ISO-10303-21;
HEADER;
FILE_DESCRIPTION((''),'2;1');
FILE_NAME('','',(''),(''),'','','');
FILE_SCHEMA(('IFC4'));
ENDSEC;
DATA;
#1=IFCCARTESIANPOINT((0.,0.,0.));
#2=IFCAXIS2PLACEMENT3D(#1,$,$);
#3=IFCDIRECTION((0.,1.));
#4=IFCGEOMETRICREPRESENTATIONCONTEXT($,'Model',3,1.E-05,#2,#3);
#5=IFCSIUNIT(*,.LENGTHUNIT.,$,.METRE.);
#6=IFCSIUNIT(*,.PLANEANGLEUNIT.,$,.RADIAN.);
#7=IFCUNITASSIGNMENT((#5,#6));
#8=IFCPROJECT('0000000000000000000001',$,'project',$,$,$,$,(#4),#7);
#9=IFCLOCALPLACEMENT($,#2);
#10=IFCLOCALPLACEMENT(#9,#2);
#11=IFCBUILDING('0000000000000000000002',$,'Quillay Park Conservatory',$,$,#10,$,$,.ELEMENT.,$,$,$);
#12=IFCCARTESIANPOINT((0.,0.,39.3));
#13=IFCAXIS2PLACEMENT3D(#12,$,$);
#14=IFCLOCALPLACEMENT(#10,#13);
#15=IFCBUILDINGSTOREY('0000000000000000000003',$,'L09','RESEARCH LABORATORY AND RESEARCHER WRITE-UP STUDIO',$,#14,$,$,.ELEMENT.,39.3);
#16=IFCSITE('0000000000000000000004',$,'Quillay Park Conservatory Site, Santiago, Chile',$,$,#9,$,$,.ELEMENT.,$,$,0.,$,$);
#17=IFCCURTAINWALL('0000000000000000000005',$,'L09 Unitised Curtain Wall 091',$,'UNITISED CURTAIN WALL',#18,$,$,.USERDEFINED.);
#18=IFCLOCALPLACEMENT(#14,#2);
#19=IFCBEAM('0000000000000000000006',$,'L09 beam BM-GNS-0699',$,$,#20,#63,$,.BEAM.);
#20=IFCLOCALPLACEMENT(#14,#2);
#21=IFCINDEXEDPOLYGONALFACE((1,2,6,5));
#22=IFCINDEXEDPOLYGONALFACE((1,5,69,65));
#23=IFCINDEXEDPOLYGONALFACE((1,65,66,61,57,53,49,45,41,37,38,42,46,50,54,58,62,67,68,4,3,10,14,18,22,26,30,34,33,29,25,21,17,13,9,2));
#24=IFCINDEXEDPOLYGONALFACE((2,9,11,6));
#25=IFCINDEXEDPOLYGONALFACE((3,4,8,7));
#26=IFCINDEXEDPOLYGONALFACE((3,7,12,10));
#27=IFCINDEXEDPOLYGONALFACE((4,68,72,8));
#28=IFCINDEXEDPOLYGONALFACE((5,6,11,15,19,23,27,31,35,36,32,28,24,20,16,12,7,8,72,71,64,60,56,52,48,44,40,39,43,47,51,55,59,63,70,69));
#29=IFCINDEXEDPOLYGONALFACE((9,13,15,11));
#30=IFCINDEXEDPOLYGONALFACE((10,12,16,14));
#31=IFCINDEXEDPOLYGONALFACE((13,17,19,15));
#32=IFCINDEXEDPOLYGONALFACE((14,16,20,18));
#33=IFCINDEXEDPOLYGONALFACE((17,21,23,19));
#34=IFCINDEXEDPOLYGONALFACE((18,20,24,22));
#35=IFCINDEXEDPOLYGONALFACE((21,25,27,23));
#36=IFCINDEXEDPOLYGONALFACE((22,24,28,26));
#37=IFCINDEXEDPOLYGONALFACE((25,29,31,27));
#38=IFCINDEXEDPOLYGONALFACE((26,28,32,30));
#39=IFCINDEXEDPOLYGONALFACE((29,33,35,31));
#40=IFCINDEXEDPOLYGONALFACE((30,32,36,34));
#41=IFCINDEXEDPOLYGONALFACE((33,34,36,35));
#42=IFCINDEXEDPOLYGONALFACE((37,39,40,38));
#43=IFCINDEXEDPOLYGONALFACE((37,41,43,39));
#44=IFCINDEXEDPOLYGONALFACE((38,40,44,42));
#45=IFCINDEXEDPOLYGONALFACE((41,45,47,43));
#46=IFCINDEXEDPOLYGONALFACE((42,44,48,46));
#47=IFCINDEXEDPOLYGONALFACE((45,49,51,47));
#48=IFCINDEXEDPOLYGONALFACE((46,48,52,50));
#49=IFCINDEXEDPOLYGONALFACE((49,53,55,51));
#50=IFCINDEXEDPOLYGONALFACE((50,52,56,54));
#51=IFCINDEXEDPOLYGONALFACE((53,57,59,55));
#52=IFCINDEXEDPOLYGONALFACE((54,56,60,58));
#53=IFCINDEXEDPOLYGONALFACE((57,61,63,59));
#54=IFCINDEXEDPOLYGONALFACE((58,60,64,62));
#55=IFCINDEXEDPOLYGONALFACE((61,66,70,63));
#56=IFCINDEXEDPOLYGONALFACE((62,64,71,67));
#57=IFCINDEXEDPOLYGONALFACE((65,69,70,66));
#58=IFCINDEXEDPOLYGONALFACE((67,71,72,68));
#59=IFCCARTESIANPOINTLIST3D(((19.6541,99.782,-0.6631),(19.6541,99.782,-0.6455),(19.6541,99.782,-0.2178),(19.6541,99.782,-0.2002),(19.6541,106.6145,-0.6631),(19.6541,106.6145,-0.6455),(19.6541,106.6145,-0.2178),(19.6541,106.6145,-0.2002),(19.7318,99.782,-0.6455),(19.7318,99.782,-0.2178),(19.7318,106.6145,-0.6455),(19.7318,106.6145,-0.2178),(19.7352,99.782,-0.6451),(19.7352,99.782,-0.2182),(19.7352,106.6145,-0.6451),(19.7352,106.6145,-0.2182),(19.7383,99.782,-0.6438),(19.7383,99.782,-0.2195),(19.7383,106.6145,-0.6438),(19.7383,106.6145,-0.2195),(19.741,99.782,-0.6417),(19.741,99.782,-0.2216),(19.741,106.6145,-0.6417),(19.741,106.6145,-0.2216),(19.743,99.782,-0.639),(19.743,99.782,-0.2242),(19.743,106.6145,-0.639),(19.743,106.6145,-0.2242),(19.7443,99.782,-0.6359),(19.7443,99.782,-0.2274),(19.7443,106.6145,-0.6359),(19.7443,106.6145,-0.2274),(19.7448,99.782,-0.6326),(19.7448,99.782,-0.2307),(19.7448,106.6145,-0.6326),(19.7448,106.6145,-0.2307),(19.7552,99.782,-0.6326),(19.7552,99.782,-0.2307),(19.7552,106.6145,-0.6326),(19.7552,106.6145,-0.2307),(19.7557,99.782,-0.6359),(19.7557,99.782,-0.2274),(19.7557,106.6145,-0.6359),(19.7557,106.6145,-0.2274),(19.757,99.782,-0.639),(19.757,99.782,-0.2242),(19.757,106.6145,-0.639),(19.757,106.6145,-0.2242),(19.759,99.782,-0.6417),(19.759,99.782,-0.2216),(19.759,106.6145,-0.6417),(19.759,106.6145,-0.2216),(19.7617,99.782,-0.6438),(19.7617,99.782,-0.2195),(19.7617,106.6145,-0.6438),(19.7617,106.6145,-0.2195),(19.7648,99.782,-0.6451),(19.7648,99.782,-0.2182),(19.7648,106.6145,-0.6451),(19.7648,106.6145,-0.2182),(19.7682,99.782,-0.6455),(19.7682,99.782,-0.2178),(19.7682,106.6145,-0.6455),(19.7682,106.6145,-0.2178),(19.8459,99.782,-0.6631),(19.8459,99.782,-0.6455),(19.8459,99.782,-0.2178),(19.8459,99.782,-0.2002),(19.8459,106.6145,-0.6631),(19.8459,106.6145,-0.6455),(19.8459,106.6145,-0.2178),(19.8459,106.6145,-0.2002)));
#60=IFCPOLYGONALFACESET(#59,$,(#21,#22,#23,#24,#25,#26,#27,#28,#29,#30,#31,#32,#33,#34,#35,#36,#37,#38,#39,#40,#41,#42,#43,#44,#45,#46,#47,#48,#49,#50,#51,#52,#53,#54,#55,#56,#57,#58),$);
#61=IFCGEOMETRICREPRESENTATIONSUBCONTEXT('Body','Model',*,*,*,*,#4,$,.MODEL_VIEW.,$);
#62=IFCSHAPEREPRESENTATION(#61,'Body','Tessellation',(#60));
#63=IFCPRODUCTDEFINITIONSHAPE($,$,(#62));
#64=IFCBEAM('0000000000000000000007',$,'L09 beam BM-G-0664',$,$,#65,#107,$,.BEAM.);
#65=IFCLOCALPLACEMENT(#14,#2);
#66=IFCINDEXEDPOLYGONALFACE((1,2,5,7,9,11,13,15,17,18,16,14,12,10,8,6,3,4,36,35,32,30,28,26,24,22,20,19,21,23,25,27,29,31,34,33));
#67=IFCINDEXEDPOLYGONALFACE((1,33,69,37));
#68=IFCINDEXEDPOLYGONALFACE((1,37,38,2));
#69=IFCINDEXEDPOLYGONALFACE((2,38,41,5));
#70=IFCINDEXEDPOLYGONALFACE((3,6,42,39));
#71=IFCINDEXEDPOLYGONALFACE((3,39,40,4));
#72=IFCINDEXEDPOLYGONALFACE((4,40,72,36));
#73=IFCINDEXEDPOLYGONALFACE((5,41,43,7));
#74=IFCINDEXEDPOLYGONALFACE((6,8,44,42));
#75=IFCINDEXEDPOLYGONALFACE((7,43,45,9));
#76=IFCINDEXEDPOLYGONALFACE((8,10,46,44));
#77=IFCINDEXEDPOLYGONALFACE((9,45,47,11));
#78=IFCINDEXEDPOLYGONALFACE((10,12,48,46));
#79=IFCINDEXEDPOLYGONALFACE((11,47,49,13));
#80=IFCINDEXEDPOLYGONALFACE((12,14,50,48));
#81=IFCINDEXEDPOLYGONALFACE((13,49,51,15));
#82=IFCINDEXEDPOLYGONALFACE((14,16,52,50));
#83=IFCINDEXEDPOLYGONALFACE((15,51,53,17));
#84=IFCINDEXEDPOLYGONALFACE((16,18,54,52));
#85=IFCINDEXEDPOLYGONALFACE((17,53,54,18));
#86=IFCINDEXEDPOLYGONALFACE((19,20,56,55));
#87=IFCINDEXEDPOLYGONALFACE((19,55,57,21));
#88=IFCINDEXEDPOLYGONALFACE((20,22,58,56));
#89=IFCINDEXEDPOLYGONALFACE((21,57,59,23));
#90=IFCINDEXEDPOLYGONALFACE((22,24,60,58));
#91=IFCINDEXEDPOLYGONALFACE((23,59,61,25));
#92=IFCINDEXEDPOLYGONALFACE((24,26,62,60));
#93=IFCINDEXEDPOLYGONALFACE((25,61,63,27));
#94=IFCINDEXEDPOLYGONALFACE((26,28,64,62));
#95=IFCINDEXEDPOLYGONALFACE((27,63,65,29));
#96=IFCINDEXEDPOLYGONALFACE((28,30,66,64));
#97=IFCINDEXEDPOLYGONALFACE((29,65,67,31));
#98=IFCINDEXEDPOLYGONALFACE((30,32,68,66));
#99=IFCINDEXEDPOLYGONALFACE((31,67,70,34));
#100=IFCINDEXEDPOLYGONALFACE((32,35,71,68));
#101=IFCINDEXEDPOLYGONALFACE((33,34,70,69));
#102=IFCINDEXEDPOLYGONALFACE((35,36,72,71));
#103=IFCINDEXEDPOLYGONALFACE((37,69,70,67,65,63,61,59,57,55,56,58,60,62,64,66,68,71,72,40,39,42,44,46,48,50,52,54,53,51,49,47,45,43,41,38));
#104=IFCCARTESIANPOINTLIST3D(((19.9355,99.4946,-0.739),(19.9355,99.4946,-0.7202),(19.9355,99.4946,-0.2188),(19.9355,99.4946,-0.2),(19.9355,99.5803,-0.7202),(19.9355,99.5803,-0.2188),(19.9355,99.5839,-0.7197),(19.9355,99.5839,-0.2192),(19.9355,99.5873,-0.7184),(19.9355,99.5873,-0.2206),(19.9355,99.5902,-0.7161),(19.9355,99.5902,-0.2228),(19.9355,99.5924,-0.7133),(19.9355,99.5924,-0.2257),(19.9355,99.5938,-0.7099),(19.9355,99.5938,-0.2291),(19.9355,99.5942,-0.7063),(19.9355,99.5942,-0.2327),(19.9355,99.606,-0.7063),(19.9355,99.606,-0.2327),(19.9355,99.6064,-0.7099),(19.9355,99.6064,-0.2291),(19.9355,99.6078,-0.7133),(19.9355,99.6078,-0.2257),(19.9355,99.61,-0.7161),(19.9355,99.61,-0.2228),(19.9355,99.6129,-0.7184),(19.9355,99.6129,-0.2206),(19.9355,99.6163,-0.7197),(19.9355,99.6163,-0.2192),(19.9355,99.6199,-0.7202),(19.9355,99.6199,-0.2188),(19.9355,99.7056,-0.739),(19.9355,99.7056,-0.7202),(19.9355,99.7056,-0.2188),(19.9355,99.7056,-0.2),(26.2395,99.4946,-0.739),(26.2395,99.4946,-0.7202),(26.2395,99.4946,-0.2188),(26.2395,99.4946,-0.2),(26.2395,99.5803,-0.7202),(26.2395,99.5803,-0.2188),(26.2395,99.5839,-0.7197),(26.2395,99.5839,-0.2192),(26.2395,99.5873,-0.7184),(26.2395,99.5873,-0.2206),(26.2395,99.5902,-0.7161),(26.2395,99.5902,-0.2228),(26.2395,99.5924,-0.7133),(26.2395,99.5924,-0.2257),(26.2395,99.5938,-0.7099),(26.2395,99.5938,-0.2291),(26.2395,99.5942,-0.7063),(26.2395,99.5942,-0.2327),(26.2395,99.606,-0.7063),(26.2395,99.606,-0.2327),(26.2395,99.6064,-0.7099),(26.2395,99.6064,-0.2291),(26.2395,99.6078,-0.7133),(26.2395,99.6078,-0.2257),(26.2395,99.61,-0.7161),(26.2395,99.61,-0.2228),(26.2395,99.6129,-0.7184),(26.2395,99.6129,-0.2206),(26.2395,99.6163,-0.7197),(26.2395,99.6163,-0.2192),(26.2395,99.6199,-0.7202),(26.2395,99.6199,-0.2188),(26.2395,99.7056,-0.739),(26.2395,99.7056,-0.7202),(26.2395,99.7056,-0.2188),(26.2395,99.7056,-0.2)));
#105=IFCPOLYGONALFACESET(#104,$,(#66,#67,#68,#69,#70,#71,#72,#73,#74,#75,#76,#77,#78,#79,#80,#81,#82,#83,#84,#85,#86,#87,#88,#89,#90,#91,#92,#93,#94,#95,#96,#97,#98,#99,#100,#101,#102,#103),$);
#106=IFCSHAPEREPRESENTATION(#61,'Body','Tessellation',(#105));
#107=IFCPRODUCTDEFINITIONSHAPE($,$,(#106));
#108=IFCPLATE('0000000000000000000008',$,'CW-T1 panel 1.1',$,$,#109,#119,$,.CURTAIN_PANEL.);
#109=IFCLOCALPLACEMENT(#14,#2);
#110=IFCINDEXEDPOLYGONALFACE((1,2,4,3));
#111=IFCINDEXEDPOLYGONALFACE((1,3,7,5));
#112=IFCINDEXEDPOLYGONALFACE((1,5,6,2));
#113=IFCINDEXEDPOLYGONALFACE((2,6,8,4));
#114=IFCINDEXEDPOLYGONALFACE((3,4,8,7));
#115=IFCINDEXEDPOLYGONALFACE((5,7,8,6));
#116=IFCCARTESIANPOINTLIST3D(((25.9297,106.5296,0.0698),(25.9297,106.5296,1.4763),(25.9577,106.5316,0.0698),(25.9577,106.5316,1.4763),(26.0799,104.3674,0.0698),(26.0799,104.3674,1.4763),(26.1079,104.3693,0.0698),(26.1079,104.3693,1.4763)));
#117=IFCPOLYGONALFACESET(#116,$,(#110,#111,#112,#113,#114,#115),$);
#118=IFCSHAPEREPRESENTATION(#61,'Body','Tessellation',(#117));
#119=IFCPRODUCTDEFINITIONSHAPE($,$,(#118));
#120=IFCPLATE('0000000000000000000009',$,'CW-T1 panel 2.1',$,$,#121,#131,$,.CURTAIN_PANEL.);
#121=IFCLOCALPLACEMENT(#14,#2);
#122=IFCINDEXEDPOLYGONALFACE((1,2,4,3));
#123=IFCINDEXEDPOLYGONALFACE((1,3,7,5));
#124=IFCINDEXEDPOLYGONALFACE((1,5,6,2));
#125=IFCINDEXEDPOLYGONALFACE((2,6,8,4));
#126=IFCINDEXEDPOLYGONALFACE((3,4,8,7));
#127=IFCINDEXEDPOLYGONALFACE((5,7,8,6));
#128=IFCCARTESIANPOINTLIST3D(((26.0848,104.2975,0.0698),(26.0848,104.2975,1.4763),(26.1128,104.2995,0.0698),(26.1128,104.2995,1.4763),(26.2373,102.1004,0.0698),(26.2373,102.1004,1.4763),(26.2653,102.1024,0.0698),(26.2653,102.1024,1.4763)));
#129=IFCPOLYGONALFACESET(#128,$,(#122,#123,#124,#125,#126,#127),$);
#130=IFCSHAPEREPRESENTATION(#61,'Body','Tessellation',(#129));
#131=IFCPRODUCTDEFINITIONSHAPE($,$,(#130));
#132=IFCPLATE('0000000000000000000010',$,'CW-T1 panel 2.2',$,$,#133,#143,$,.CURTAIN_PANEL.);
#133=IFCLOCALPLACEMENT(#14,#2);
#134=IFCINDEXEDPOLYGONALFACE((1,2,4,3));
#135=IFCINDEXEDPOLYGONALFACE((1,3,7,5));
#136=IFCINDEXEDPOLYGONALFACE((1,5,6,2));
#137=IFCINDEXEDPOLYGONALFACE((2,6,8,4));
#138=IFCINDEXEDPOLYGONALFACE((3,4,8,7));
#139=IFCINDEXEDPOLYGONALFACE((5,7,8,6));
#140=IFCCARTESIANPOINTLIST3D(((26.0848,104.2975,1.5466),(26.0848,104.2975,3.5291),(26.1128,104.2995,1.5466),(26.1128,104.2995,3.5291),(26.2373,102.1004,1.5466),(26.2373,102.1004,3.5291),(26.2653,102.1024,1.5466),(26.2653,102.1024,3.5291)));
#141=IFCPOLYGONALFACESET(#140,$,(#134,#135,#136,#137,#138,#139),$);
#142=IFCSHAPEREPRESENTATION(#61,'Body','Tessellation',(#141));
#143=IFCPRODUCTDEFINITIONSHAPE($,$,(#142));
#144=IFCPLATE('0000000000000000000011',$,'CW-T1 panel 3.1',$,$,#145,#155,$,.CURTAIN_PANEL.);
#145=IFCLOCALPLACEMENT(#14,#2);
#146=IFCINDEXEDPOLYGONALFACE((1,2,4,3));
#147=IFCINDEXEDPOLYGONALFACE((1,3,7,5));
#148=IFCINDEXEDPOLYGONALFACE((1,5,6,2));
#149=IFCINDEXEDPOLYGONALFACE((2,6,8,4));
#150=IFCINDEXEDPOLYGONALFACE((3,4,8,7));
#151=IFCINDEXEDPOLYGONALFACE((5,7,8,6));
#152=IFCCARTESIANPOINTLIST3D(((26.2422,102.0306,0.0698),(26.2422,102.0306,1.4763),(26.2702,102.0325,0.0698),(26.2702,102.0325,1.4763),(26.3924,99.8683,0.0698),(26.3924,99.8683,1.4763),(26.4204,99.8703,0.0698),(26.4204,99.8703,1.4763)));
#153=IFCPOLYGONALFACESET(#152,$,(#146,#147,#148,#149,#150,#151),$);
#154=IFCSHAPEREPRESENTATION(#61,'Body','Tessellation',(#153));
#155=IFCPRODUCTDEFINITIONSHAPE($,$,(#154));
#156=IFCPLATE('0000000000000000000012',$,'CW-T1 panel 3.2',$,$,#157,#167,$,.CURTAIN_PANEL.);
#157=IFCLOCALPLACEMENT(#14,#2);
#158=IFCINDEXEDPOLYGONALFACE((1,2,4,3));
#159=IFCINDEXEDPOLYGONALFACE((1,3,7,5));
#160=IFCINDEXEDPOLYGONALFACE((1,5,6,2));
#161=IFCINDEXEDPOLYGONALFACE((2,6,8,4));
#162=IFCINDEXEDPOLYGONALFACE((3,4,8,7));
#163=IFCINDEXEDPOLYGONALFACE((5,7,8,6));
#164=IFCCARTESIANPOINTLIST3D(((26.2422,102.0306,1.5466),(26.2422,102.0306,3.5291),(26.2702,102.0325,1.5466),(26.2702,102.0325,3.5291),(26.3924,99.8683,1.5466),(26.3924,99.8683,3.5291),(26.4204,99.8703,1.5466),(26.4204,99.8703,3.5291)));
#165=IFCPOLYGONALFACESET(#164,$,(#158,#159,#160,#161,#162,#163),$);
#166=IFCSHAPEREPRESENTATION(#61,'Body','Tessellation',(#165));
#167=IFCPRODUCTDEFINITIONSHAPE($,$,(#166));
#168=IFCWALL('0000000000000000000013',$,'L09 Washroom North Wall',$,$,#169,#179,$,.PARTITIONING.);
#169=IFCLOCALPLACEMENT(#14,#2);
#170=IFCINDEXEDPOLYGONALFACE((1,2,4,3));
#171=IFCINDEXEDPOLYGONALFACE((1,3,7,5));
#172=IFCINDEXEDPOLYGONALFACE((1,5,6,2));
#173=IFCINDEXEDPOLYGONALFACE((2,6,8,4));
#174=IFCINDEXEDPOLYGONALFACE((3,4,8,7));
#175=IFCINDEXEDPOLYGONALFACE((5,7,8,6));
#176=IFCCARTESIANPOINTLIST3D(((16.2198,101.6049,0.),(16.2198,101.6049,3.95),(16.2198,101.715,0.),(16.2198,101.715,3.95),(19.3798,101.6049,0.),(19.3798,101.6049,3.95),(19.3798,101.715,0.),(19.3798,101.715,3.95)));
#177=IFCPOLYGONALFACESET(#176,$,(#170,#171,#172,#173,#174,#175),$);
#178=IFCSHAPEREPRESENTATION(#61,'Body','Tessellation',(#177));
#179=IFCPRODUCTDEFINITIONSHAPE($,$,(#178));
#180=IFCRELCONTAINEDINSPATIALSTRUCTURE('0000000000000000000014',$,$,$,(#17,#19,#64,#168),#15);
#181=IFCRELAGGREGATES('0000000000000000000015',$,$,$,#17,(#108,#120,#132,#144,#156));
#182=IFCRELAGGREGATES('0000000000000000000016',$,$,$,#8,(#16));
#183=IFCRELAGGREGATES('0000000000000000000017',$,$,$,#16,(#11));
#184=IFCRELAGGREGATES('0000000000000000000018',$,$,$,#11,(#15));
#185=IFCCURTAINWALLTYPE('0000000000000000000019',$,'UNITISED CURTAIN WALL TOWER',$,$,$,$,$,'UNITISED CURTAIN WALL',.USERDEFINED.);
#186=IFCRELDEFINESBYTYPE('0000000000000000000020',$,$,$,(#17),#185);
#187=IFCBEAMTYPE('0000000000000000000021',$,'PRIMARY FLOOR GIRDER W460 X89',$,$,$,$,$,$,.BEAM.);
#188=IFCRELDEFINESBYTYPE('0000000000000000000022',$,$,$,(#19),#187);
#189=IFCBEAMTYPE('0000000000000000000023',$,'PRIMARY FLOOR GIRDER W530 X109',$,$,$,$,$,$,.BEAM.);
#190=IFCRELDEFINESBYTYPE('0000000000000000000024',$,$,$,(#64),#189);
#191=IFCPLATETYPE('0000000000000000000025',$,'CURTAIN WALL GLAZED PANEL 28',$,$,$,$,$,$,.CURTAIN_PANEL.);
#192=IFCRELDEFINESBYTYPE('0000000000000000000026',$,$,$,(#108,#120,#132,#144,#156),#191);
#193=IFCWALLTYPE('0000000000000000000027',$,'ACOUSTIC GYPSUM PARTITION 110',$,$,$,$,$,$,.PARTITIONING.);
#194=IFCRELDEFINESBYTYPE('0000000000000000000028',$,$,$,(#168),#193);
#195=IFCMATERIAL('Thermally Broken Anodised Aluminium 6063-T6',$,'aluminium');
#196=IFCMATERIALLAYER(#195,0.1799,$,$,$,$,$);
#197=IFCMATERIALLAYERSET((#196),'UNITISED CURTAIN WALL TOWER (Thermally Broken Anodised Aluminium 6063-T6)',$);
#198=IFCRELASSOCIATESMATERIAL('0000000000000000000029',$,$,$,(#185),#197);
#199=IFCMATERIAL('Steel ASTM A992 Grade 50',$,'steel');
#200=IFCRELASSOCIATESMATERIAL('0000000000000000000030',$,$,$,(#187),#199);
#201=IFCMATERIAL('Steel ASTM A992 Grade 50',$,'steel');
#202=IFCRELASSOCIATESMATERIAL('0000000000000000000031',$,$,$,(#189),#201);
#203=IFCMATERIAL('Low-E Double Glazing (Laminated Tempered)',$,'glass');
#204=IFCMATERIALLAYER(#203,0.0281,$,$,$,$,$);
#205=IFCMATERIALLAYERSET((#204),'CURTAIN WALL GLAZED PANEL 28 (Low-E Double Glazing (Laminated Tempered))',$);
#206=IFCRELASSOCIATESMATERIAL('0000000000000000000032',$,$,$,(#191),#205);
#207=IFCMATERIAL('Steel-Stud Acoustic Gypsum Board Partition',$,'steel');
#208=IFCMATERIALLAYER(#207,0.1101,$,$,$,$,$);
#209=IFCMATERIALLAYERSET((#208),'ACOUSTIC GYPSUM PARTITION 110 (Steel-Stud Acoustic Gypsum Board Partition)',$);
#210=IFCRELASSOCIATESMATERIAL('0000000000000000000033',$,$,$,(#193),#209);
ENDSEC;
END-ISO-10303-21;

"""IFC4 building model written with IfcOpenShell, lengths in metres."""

from ifc_helpers import new_model, si_unit, direction, frame, frame_2d, origin, origin_2d, place, context, subcontext, project, spatial, rectangle, i_section, extrude, material, layer, layer_set, material_profile, profile_set, type_object, element, aggregate, save


model = new_model("IFC4")

# Units and contexts
model_context = context("Model", 3, precision=1e-05, world=origin(), true_north=direction((0.0, 1.0)))
body_context = subcontext(model_context, "Body", "Model", "MODEL_VIEW")
ifc_project = project(units=[si_unit("LENGTHUNIT", "METRE"), si_unit("PLANEANGLEUNIT", "RADIAN")], contexts=[model_context])

# Site, building, storey
site_placement = place(None, origin())
site = spatial("IfcSite", under=ifc_project, at=site_placement, Name="Quillay Park Conservatory Site, Santiago, Chile", CompositionType="ELEMENT", RefElevation=0.0)
building_placement = place(site_placement, origin())
building = spatial("IfcBuilding", under=site, at=building_placement, Name="Quillay Park Conservatory", CompositionType="ELEMENT")
storey_placement = place(building_placement, frame((0.0, 0.0, 39.3)))
storey = spatial("IfcBuildingStorey", under=building, at=storey_placement, Name="L09", Description="RESEARCH LABORATORY AND RESEARCHER WRITE-UP STUDIO", CompositionType="ELEMENT", Elevation=39.3)

# Curtain wall
ifc_material_1 = material(Name="Thermally Broken Anodised Aluminium 6063-T6", Category="aluminium")
ifc_layer_1 = layer(ifc_material_1, 0.1799)
ifc_layer_set_1 = layer_set([ifc_layer_1], Name="UNITISED CURTAIN WALL TOWER (Thermally Broken Anodised Aluminium 6063-T6)")
curtain_wall_type = type_object("IfcCurtainWallType", Name="UNITISED CURTAIN WALL TOWER", ElementType="UNITISED CURTAIN WALL", PredefinedType="USERDEFINED", material=ifc_layer_set_1)
curtain_wall_placement = place(storey_placement, origin())
curtain_wall = element("IfcCurtainWall", 1, at=curtain_wall_placement, inside=storey, type_object=curtain_wall_type, Name="L09 Unitised Curtain Wall 091", ObjectType="UNITISED CURTAIN WALL", PredefinedType="USERDEFINED")

# Beams
ifc_material_2 = material(Name="Steel ASTM A992 Grade 50", Category="steel")
ifc_material_profile_1 = material_profile(ifc_material_2, i_section(OverallWidth=0.1919, OverallDepth=0.4629, WebThickness=0.0105, FlangeThickness=0.0176, FilletRadius=0.0129, at=origin_2d()), Name="W460x89")
ifc_profile_set_1 = profile_set([ifc_material_profile_1], Name="Steel ASTM A992 Grade 50")
beam_type_1 = type_object("IfcBeamType", Name="PRIMARY FLOOR GIRDER W460 X89", PredefinedType="BEAM", material=ifc_profile_set_1)
beam_1_placement = place(storey_placement, frame((19.75, 99.782, -0.4316), z_axis=(0.0, 1.0, 0.0), x_axis=(-1.0, 0.0, 0.0)))
element("IfcBeam", 2, at=beam_1_placement, inside=storey, type_object=beam_type_1, Name="L09 beam BM-GNS-0699", PredefinedType="BEAM", context=body_context, shape_type="SweptSolid", body=[
    extrude(i_section(OverallWidth=0.1919, OverallDepth=0.4629, WebThickness=0.0105, FlangeThickness=0.0176, FilletRadius=0.0129, at=origin_2d()), origin(), (0.0, 0.0, 1.0), 6.8325),
])
ifc_material_3 = material(Name="Steel ASTM A992 Grade 50", Category="steel")
ifc_material_profile_2 = material_profile(ifc_material_3, i_section(OverallWidth=0.2109, OverallDepth=0.5391, WebThickness=0.0117, FlangeThickness=0.0188, FilletRadius=0.0139, at=origin_2d()), Name="W530x109")
ifc_profile_set_2 = profile_set([ifc_material_profile_2], Name="Steel ASTM A992 Grade 50")
beam_type_2 = type_object("IfcBeamType", Name="PRIMARY FLOOR GIRDER W530 X109", PredefinedType="BEAM", material=ifc_profile_set_2)
beam_2_placement = place(storey_placement, frame((19.9355, 99.6001, -0.4695), z_axis=(1.0, 0.0, 0.0), x_axis=(0.0, 1.0, 0.0)))
element("IfcBeam", 3, at=beam_2_placement, inside=storey, type_object=beam_type_2, Name="L09 beam BM-G-0664", PredefinedType="BEAM", context=body_context, shape_type="SweptSolid", body=[
    extrude(i_section(OverallWidth=0.2109, OverallDepth=0.5391, WebThickness=0.0117, FlangeThickness=0.0188, FilletRadius=0.0139, at=origin_2d()), origin(), (0.0, 0.0, 1.0), 6.304),
])

# Plates
ifc_material_4 = material(Name="Low-E Double Glazing (Laminated Tempered)", Category="glass")
ifc_layer_2 = layer(ifc_material_4, 0.0281)
ifc_layer_set_2 = layer_set([ifc_layer_2], Name="CURTAIN WALL GLAZED PANEL 28 (Low-E Double Glazing (Laminated Tempered))")
plate_type = type_object("IfcPlateType", Name="CURTAIN WALL GLAZED PANEL 28", PredefinedType="CURTAIN_PANEL", material=ifc_layer_set_2)
plate_1_placement = place(storey_placement, frame((26.0188, 105.4495, 0.0698), z_axis=(0.0, 0.0, 1.0), x_axis=(0.069264, -0.997598, 0.0)))
plate_1 = element("IfcPlate", 4, at=plate_1_placement, type_object=plate_type, Name="CW-T1 panel 1.1", PredefinedType="CURTAIN_PANEL", context=body_context, shape_type="SweptSolid", body=[
    extrude(rectangle(XDim=2.1675, YDim=0.0281, at=origin_2d()), origin(), (0.0, 0.0, 1.0), 1.4065),
])
plate_2_placement = place(storey_placement, frame((26.175, 103.2, 0.0698), z_axis=(0.0, 0.0, 1.0), x_axis=(0.069264, -0.997598, 0.0)))
plate_2 = element("IfcPlate", 5, at=plate_2_placement, type_object=plate_type, Name="CW-T1 panel 2.1", PredefinedType="CURTAIN_PANEL", context=body_context, shape_type="SweptSolid", body=[
    extrude(rectangle(XDim=2.2024, YDim=0.0281, at=origin_2d()), origin(), (0.0, 0.0, 1.0), 1.4065),
])
plate_3_placement = place(storey_placement, frame((26.175, 103.2, 1.5466), z_axis=(0.0, 0.0, 1.0), x_axis=(0.069264, -0.997598, 0.0)))
plate_3 = element("IfcPlate", 6, at=plate_3_placement, type_object=plate_type, Name="CW-T1 panel 2.2", PredefinedType="CURTAIN_PANEL", context=body_context, shape_type="SweptSolid", body=[
    extrude(rectangle(XDim=2.2024, YDim=0.0281, at=origin_2d()), origin(), (0.0, 0.0, 1.0), 1.9824),
])
plate_4_placement = place(storey_placement, frame((26.3313, 100.9504, 0.0698), z_axis=(0.0, 0.0, 1.0), x_axis=(0.069264, -0.997598, 0.0)))
plate_4 = element("IfcPlate", 7, at=plate_4_placement, type_object=plate_type, Name="CW-T1 panel 3.1", PredefinedType="CURTAIN_PANEL", context=body_context, shape_type="SweptSolid", body=[
    extrude(rectangle(XDim=2.1675, YDim=0.0281, at=origin_2d()), origin(), (0.0, 0.0, 1.0), 1.4065),
])
plate_5_placement = place(storey_placement, frame((26.3313, 100.9504, 1.5466), z_axis=(0.0, 0.0, 1.0), x_axis=(0.069264, -0.997598, 0.0)))
plate_5 = element("IfcPlate", 8, at=plate_5_placement, type_object=plate_type, Name="CW-T1 panel 3.2", PredefinedType="CURTAIN_PANEL", context=body_context, shape_type="SweptSolid", body=[
    extrude(rectangle(XDim=2.1675, YDim=0.0281, at=origin_2d()), origin(), (0.0, 0.0, 1.0), 1.9824),
])
aggregate(curtain_wall, [plate_1, plate_2, plate_3, plate_4, plate_5])

# Wall
ifc_material_5 = material(Name="Steel-Stud Acoustic Gypsum Board Partition", Category="steel")
ifc_layer_3 = layer(ifc_material_5, 0.1101)
ifc_layer_set_3 = layer_set([ifc_layer_3], Name="ACOUSTIC GYPSUM PARTITION 110 (Steel-Stud Acoustic Gypsum Board Partition)")
wall_type_1 = type_object("IfcWallType", Name="ACOUSTIC GYPSUM PARTITION 110", PredefinedType="PARTITIONING", material=ifc_layer_set_3)
wall_1_placement = place(storey_placement, frame((19.3799, 101.6599, 0.0), z_axis=(0.0, 0.0, 1.0), x_axis=(-1.0, 0.0, 0.0)))
element("IfcWall", 9, at=wall_1_placement, inside=storey, type_object=wall_type_1, Name="L09 Washroom North Wall", PredefinedType="PARTITIONING", context=body_context, shape_type="SweptSolid", body=[
    extrude(rectangle(XDim=3.1599, YDim=0.1101, at=frame_2d((1.5801, 0.0))), origin(), (0.0, 0.0, 1.0), 3.95),
])

save(model, "model.ifc")
